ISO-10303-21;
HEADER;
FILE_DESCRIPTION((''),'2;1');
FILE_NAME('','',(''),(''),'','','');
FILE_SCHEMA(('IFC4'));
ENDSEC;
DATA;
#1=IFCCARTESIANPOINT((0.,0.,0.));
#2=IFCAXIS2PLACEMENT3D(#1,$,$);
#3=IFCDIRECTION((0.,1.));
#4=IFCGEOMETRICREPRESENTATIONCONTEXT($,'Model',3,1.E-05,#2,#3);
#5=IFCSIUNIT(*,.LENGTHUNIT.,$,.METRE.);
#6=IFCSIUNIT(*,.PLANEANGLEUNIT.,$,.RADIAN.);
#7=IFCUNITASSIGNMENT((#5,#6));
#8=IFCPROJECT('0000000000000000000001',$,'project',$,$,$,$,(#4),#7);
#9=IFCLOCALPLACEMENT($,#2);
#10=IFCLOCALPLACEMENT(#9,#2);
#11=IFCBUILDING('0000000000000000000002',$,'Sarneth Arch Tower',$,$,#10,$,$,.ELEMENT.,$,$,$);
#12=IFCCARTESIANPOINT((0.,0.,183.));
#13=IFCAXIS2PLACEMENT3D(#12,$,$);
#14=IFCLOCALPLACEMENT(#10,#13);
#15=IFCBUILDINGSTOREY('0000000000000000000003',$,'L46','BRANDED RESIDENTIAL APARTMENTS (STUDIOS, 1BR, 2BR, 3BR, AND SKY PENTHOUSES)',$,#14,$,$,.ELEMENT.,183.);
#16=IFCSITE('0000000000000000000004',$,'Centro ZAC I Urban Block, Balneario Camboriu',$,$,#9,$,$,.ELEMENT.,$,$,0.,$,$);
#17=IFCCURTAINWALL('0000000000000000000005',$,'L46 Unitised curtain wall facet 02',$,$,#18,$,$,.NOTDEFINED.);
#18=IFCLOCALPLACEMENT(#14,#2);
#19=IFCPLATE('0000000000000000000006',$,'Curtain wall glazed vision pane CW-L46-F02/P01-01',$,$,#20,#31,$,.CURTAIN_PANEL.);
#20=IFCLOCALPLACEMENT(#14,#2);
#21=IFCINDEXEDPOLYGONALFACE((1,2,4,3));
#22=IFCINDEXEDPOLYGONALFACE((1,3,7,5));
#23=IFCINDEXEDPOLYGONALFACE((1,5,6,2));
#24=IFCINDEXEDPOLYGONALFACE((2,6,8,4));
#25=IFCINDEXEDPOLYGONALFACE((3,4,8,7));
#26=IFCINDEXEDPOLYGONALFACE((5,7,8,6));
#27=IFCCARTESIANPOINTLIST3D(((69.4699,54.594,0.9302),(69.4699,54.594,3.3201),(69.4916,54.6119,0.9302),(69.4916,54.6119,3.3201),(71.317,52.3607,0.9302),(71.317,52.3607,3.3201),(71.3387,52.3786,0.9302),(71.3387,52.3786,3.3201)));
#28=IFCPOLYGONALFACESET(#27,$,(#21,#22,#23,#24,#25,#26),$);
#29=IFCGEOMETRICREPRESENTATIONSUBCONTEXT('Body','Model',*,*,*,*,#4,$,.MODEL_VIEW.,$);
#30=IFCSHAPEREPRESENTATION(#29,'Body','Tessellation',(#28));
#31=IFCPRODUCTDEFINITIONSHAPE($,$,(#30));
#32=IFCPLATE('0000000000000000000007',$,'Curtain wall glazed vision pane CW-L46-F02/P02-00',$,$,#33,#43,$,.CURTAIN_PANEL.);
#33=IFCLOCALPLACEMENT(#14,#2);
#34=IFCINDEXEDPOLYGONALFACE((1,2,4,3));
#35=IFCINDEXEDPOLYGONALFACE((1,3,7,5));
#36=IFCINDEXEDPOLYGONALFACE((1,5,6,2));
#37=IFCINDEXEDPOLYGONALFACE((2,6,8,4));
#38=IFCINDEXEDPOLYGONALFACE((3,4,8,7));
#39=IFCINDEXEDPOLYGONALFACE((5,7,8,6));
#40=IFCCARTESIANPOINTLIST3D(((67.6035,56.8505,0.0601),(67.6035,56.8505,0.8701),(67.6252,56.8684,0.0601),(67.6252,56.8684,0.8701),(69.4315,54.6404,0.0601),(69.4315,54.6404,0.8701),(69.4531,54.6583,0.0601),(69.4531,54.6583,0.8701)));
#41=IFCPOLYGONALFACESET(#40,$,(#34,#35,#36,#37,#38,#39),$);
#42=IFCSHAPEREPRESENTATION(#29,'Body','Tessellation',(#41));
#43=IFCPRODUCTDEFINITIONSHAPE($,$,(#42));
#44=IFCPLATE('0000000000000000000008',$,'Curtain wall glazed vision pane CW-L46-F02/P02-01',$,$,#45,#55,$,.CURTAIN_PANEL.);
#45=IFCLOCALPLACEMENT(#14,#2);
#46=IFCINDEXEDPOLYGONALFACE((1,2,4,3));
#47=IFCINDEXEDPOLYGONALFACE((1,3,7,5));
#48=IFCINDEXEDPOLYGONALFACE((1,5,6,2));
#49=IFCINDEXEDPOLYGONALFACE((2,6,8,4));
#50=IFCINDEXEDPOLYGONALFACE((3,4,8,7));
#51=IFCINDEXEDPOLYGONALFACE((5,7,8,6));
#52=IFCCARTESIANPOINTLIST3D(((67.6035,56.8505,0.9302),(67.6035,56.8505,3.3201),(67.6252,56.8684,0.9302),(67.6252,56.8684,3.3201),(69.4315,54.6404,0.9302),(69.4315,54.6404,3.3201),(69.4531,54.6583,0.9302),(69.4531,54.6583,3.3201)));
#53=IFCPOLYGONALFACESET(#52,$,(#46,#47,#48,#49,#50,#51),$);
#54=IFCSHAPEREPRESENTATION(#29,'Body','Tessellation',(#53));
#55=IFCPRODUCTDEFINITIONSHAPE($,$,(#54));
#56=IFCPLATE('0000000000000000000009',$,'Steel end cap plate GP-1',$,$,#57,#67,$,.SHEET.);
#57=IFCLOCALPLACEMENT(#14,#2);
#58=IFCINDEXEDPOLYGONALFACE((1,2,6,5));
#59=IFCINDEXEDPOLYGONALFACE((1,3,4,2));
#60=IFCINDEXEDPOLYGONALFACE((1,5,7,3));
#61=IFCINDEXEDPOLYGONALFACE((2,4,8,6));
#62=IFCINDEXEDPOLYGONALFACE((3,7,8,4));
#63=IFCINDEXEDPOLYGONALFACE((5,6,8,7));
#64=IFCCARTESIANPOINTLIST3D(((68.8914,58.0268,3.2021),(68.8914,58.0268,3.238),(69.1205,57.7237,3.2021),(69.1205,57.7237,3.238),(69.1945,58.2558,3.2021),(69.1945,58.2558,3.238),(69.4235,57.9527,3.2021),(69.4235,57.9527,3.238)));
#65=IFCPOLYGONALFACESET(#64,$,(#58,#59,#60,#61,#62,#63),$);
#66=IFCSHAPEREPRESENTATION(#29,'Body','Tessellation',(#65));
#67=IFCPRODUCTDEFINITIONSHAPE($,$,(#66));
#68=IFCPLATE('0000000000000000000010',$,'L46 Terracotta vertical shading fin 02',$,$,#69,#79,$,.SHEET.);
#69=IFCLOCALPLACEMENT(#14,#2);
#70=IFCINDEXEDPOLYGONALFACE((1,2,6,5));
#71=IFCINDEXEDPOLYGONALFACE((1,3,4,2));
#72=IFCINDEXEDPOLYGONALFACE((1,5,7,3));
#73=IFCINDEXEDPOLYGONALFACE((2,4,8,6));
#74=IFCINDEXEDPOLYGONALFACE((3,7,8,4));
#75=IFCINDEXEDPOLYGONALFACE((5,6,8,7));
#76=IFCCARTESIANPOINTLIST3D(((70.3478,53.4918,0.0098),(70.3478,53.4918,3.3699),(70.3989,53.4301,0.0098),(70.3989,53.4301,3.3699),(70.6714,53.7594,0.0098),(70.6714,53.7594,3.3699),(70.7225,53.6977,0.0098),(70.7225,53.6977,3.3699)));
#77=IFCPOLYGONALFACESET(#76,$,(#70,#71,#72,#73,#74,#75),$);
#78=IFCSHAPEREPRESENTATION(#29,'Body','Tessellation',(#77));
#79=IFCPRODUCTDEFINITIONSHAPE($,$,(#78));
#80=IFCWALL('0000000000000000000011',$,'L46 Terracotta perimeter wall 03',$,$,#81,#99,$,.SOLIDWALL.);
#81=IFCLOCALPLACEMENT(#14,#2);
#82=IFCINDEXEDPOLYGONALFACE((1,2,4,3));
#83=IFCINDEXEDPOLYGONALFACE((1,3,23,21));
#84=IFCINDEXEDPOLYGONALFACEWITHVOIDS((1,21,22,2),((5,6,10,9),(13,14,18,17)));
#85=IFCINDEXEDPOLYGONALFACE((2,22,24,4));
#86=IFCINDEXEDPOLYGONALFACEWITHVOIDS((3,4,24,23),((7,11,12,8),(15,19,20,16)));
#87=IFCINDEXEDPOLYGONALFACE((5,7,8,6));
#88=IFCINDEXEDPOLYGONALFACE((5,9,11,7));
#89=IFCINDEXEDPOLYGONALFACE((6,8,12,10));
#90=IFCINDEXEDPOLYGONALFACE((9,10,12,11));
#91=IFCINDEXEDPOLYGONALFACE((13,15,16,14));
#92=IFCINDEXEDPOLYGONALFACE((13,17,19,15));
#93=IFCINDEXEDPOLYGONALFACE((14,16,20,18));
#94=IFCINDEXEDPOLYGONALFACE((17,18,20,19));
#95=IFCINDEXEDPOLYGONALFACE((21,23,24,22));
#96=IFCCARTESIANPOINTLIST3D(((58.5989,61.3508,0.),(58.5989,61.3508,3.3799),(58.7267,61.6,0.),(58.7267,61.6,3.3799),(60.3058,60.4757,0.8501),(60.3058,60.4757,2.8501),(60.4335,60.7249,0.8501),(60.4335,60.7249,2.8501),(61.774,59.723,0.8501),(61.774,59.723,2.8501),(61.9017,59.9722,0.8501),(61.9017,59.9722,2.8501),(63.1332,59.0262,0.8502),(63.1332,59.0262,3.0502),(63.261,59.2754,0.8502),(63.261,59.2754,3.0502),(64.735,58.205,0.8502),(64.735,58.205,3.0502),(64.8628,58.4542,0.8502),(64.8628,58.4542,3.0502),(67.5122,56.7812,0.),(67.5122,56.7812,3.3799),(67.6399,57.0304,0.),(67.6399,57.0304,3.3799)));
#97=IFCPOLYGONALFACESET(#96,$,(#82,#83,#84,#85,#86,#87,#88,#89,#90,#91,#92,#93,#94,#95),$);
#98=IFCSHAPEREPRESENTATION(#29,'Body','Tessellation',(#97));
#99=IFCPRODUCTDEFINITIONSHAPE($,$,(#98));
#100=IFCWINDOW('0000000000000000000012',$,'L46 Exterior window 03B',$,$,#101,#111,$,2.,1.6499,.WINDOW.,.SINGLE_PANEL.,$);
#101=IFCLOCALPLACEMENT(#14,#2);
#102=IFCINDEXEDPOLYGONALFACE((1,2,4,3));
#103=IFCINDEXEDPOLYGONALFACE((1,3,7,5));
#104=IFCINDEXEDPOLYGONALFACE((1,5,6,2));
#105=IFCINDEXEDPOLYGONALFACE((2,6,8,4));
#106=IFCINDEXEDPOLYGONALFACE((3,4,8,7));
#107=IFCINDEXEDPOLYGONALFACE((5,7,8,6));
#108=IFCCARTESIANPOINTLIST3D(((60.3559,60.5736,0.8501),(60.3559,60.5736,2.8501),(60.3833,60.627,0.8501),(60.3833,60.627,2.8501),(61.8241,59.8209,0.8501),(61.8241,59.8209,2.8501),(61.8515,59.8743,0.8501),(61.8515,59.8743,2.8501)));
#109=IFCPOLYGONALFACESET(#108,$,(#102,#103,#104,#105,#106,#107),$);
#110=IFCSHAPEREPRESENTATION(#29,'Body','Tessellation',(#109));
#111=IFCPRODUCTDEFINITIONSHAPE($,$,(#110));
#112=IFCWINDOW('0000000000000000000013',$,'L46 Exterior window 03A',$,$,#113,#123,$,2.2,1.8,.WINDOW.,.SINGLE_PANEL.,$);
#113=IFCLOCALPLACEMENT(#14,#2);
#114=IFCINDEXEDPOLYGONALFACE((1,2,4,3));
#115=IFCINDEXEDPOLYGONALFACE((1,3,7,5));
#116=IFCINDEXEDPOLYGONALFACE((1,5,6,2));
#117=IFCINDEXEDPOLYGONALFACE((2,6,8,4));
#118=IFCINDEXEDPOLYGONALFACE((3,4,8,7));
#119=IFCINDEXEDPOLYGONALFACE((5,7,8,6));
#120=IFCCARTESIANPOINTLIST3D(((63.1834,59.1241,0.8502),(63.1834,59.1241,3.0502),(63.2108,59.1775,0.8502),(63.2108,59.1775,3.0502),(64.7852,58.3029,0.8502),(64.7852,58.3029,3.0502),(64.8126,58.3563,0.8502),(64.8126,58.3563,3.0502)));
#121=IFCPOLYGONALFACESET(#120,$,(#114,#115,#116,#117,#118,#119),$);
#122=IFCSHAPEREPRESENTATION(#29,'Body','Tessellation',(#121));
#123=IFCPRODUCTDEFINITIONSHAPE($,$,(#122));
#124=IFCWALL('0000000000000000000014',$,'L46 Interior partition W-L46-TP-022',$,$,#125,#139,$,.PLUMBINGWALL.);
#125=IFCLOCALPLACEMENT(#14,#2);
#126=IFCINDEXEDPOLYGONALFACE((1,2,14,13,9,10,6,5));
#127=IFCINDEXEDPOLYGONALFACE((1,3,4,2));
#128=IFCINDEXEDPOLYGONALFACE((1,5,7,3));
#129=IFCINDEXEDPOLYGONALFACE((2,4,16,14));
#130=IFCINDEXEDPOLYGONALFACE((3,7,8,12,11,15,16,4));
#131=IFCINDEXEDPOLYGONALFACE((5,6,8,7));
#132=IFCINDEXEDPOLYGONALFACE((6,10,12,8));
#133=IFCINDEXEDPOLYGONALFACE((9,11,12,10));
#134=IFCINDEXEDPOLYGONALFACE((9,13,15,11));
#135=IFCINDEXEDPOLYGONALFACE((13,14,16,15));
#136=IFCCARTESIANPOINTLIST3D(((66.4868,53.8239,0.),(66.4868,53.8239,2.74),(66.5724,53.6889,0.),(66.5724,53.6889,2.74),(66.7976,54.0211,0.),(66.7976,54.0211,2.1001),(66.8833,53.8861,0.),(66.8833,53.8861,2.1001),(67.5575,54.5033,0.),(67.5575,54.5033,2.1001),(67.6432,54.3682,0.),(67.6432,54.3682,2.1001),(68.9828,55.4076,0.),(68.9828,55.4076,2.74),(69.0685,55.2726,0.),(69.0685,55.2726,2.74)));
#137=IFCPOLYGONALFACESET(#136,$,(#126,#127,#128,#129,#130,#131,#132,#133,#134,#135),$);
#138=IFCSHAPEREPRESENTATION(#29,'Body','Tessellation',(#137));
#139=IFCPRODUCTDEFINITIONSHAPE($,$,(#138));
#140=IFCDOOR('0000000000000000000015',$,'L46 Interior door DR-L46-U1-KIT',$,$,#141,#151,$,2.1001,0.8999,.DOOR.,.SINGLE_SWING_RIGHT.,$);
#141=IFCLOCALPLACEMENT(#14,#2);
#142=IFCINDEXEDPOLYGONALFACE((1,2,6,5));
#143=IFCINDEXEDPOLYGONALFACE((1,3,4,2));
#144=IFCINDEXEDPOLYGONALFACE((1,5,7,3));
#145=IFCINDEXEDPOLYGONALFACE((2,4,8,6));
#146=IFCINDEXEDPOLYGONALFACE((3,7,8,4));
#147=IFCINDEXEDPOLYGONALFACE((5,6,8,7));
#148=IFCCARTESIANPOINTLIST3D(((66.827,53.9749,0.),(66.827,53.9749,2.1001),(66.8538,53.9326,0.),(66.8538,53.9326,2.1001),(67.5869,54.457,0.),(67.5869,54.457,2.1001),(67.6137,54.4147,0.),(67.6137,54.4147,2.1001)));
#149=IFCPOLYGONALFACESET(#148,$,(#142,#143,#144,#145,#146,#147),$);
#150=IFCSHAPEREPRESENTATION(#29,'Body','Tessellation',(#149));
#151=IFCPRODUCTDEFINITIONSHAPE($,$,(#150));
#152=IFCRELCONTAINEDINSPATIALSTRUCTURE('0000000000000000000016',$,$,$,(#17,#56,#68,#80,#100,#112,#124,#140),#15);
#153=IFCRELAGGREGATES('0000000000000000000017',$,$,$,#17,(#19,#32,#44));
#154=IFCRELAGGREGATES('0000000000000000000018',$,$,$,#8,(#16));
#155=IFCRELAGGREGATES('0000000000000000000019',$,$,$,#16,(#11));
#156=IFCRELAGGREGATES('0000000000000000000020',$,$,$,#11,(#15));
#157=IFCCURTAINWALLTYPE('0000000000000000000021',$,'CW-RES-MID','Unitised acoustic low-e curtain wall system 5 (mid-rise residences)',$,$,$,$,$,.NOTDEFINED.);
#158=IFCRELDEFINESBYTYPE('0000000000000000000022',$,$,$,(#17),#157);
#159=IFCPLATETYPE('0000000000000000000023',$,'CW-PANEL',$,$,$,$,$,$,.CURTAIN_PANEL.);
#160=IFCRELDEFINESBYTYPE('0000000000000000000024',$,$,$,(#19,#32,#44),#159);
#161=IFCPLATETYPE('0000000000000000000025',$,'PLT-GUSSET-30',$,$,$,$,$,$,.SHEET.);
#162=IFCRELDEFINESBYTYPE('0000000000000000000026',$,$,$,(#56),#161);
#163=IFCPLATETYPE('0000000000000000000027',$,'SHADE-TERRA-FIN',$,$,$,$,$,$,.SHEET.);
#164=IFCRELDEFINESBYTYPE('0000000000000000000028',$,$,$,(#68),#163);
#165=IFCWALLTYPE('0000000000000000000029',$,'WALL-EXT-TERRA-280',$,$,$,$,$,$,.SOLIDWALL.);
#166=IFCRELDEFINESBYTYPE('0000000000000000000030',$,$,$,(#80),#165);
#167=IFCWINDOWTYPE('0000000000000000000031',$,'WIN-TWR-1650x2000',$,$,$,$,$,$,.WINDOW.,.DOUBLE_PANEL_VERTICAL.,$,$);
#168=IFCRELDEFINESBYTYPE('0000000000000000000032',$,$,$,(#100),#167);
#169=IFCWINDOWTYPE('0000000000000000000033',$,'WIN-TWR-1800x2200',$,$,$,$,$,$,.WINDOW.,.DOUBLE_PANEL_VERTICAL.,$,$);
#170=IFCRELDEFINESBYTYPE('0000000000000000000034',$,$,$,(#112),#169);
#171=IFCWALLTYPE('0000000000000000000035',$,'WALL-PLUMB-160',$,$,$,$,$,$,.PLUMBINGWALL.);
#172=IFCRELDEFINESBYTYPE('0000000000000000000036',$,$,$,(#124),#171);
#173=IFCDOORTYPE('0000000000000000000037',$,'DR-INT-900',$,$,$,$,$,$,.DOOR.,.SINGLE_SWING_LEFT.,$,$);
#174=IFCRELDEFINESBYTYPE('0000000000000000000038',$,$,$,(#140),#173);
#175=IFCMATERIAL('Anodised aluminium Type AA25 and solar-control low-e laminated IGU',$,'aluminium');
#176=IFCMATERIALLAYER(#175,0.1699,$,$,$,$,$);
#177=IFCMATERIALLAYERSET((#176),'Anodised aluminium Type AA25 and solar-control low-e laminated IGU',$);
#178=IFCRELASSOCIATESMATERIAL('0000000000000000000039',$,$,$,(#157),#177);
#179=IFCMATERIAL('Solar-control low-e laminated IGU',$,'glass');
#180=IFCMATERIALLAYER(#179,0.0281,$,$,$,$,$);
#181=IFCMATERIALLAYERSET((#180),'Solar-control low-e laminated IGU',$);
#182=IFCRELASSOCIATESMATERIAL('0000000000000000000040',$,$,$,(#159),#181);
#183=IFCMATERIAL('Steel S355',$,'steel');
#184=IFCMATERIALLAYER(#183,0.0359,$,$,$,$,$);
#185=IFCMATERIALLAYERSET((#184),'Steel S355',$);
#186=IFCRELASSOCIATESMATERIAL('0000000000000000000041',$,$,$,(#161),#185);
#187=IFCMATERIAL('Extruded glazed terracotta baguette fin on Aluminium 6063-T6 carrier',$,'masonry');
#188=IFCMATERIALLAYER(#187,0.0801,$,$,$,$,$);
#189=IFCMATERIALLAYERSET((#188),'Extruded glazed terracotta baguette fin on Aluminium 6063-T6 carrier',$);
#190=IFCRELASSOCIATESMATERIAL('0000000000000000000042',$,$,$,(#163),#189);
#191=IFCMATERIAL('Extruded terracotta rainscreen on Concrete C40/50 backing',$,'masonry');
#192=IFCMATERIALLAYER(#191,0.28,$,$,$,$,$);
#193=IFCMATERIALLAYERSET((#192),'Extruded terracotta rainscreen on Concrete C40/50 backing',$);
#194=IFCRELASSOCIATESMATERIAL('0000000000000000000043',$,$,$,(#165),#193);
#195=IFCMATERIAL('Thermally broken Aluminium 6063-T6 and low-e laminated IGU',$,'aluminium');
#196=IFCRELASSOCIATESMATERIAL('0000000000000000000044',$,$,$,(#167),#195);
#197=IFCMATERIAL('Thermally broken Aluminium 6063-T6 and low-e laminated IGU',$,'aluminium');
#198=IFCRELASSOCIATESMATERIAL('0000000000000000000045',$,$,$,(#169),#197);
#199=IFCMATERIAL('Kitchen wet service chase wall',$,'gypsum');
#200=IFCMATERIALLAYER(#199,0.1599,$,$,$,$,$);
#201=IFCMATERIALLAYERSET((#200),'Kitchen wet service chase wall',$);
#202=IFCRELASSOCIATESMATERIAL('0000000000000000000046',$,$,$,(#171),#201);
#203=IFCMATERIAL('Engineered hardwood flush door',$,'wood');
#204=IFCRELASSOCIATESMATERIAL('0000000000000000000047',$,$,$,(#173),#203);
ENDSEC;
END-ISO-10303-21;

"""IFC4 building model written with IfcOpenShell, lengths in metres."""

from ifc_helpers import new_model, si_unit, direction, frame, frame_2d, origin, origin_2d, place, context, subcontext, project, spatial, rectangle, extrude, material, layer, layer_set, type_object, element, fill, aggregate, save


model = new_model("IFC4")

# Units and contexts
model_context = context("Model", 3, precision=1e-05, world=origin(), true_north=direction((0.0, 1.0)))
body_context = subcontext(model_context, "Body", "Model", "MODEL_VIEW")
ifc_project = project(units=[si_unit("LENGTHUNIT", "METRE"), si_unit("PLANEANGLEUNIT", "RADIAN")], contexts=[model_context])

# Site, building, storey
site_placement = place(None, origin())
site = spatial("IfcSite", under=ifc_project, at=site_placement, Name="Centro ZAC I Urban Block, Balneario Camboriu", CompositionType="ELEMENT", RefElevation=0.0)
building_placement = place(site_placement, origin())
building = spatial("IfcBuilding", under=site, at=building_placement, Name="Sarneth Arch Tower", CompositionType="ELEMENT")
storey_placement = place(building_placement, frame((0.0, 0.0, 183.0)))
storey = spatial("IfcBuildingStorey", under=building, at=storey_placement, Name="L46", Description="BRANDED RESIDENTIAL APARTMENTS (STUDIOS, 1BR, 2BR, 3BR, AND SKY PENTHOUSES)", CompositionType="ELEMENT", Elevation=183.0)

# Curtain wall
ifc_material_1 = material(Name="Anodised aluminium Type AA25 and solar-control low-e laminated IGU", Category="aluminium")
ifc_layer_1 = layer(ifc_material_1, 0.1699)
ifc_layer_set_1 = layer_set([ifc_layer_1], Name="Anodised aluminium Type AA25 and solar-control low-e laminated IGU")
curtain_wall_type = type_object("IfcCurtainWallType", Name="CW-RES-MID", Description="Unitised acoustic low-e curtain wall system 5 (mid-rise residences)", PredefinedType="NOTDEFINED", material=ifc_layer_set_1)
curtain_wall_placement = place(storey_placement, origin())
curtain_wall = element("IfcCurtainWall", 1, at=curtain_wall_placement, inside=storey, type_object=curtain_wall_type, Name="L46 Unitised curtain wall facet 02", PredefinedType="NOTDEFINED")

# Plates
ifc_material_2 = material(Name="Solar-control low-e laminated IGU", Category="glass")
ifc_layer_2 = layer(ifc_material_2, 0.0281)
ifc_layer_set_2 = layer_set([ifc_layer_2], Name="Solar-control low-e laminated IGU")
plate_type_1 = type_object("IfcPlateType", Name="CW-PANEL", PredefinedType="CURTAIN_PANEL", material=ifc_layer_set_2)
plate_1_placement = place(storey_placement, frame((70.4043, 53.4863, 0.9302), z_axis=(0.0, 0.0, 1.0), x_axis=(-0.63733, 0.770591, 0.0)))
plate_1 = element("IfcPlate", 2, at=plate_1_placement, type_object=plate_type_1, Name="Curtain wall glazed vision pane CW-L46-F02/P01-01", PredefinedType="CURTAIN_PANEL", context=body_context, shape_type="SweptSolid", body=[
    extrude(rectangle(XDim=2.8982, YDim=0.0281, at=origin_2d()), origin(), (0.0, 0.0, 1.0), 2.3899),
])
plate_2_placement = place(storey_placement, frame((68.5283, 55.7544, 0.0601), z_axis=(0.0, 0.0, 1.0), x_axis=(-0.63733, 0.770591, 0.0)))
plate_2 = element("IfcPlate", 3, at=plate_2_placement, type_object=plate_type_1, Name="Curtain wall glazed vision pane CW-L46-F02/P02-00", PredefinedType="CURTAIN_PANEL", context=body_context, shape_type="SweptSolid", body=[
    extrude(rectangle(XDim=2.8682, YDim=0.0281, at=origin_2d()), origin(), (0.0, 0.0, 1.0), 0.8101),
])
plate_3_placement = place(storey_placement, frame((68.5283, 55.7544, 0.9302), z_axis=(0.0, 0.0, 1.0), x_axis=(-0.63733, 0.770591, 0.0)))
plate_3 = element("IfcPlate", 4, at=plate_3_placement, type_object=plate_type_1, Name="Curtain wall glazed vision pane CW-L46-F02/P02-01", PredefinedType="CURTAIN_PANEL", context=body_context, shape_type="SweptSolid", body=[
    extrude(rectangle(XDim=2.8682, YDim=0.0281, at=origin_2d()), origin(), (0.0, 0.0, 1.0), 2.3899),
])
aggregate(curtain_wall, [plate_1, plate_2, plate_3])

# Plates
ifc_material_3 = material(Name="Steel S355", Category="steel")
ifc_layer_3 = layer(ifc_material_3, 0.0359)
ifc_layer_set_3 = layer_set([ifc_layer_3], Name="Steel S355")
plate_type_2 = type_object("IfcPlateType", Name="PLT-GUSSET-30", PredefinedType="SHEET", material=ifc_layer_set_3)
plate_4_placement = place(storey_placement, frame((69.1575, 57.9897, 3.2021), z_axis=(0.0, 0.0, 1.0), x_axis=(0.797794, 0.60293, 0.0)))
element("IfcPlate", 5, at=plate_4_placement, inside=storey, type_object=plate_type_2, Name="Steel end cap plate GP-1", PredefinedType="SHEET", context=body_context, shape_type="SweptSolid", body=[
    extrude(rectangle(XDim=0.3799, YDim=0.3799, at=origin_2d()), origin(), (0.0, 0.0, 1.0), 0.0359),
])
ifc_material_4 = material(Name="Extruded glazed terracotta baguette fin on Aluminium 6063-T6 carrier", Category="masonry")
ifc_layer_4 = layer(ifc_material_4, 0.0801)
ifc_layer_set_4 = layer_set([ifc_layer_4], Name="Extruded glazed terracotta baguette fin on Aluminium 6063-T6 carrier")
plate_type_3 = type_object("IfcPlateType", Name="SHADE-TERRA-FIN", PredefinedType="SHEET", material=ifc_layer_set_4)
plate_5_placement = place(storey_placement, frame((70.5352, 53.5947, 0.0098), z_axis=(0.0, 0.0, 1.0), x_axis=(0.770624, 0.63729, 0.0)))
element("IfcPlate", 6, at=plate_5_placement, inside=storey, type_object=plate_type_3, Name="L46 Terracotta vertical shading fin 02", PredefinedType="SHEET", context=body_context, shape_type="SweptSolid", body=[
    extrude(rectangle(XDim=0.4199, YDim=0.0801, at=origin_2d()), origin(), (0.0, 0.0, 1.0), 3.3601),
])

# Wall, openings, windows
ifc_material_5 = material(Name="Extruded terracotta rainscreen on Concrete C40/50 backing", Category="masonry")
ifc_layer_5 = layer(ifc_material_5, 0.28)
ifc_layer_set_5 = layer_set([ifc_layer_5], Name="Extruded terracotta rainscreen on Concrete C40/50 backing")
wall_type_1 = type_object("IfcWallType", Name="WALL-EXT-TERRA-280", PredefinedType="SOLIDWALL", material=ifc_layer_set_5)
wall_1_placement = place(storey_placement, frame((67.5762, 56.9058, 0.0), z_axis=(0.0, 0.0, 1.0), x_axis=(-0.889873, 0.456209, 0.0)))
wall_1 = element("IfcWall", 7, at=wall_1_placement, inside=storey, type_object=wall_type_1, Name="L46 Terracotta perimeter wall 03", PredefinedType="SOLIDWALL", context=body_context, shape_type="SweptSolid", body=[
    extrude(rectangle(XDim=10.0164, YDim=0.28, at=frame_2d((5.0083, 0.0))), origin(), (0.0, 0.0, 1.0), 3.3799),
])
opening_1_placement = place(wall_1_placement, frame((3.1211, 0.0, 0.8501)))
opening_1 = element("IfcOpeningElement", 8, at=opening_1_placement, cuts=wall_1, PredefinedType="OPENING", context=body_context, shape_type="SweptSolid", body=[
    extrude(rectangle(XDim=1.8, YDim=2.2, at=frame_2d((0.8999, 1.1001))), frame((0.0, 0.1499, 0.0), z_axis=(0.0, -1.0, 0.0), x_axis=(1.0, 0.0, 0.0)), (0.0, 0.0, 1.0), 0.3),
])
opening_2_placement = place(wall_1_placement, frame((6.4485, 0.0, 0.8501)))
opening_2 = element("IfcOpeningElement", 9, at=opening_2_placement, cuts=wall_1, PredefinedType="OPENING", context=body_context, shape_type="SweptSolid", body=[
    extrude(rectangle(XDim=1.6499, YDim=2.0, at=frame_2d((0.825, 1.0))), frame((0.0, 0.1499, 0.0), z_axis=(0.0, -1.0, 0.0), x_axis=(1.0, 0.0, 0.0)), (0.0, 0.0, 1.0), 0.3),
])
ifc_material_6 = material(Name="Thermally broken Aluminium 6063-T6 and low-e laminated IGU", Category="aluminium")
window_type_1 = type_object("IfcWindowType", Name="WIN-TWR-1650x2000", PartitioningType="DOUBLE_PANEL_VERTICAL", PredefinedType="WINDOW", material=ifc_material_6)
window_1_placement = place(opening_2_placement, origin())
window_1 = element("IfcWindow", 10, at=window_1_placement, inside=storey, type_object=window_type_1, Name="L46 Exterior window 03B", OverallHeight=2.0, OverallWidth=1.6499, PartitioningType="SINGLE_PANEL", PredefinedType="WINDOW", context=body_context, shape_type="SweptSolid", body=[
    extrude(rectangle(XDim=1.6499, YDim=2.0, at=frame_2d((0.825, 1.0))), frame((0.0, 0.03, 0.0), z_axis=(0.0, -1.0, 0.0), x_axis=(1.0, 0.0, 0.0)), (0.0, 0.0, 1.0), 0.0601),
])
fill(opening_2, window_1)
ifc_material_7 = material(Name="Thermally broken Aluminium 6063-T6 and low-e laminated IGU", Category="aluminium")
window_type_2 = type_object("IfcWindowType", Name="WIN-TWR-1800x2200", PartitioningType="DOUBLE_PANEL_VERTICAL", PredefinedType="WINDOW", material=ifc_material_7)
window_2_placement = place(opening_1_placement, origin())
window_2 = element("IfcWindow", 11, at=window_2_placement, inside=storey, type_object=window_type_2, Name="L46 Exterior window 03A", OverallHeight=2.2, OverallWidth=1.8, PartitioningType="SINGLE_PANEL", PredefinedType="WINDOW", context=body_context, shape_type="SweptSolid", body=[
    extrude(rectangle(XDim=1.8, YDim=2.2, at=frame_2d((0.8999, 1.1001))), frame((0.0, 0.03, 0.0), z_axis=(0.0, -1.0, 0.0), x_axis=(1.0, 0.0, 0.0)), (0.0, 0.0, 1.0), 0.0601),
])
fill(opening_1, window_2)

# Wall, opening, door
ifc_material_8 = material(Name="Kitchen wet service chase wall", Category="gypsum")
ifc_layer_6 = layer(ifc_material_8, 0.1599)
ifc_layer_set_6 = layer_set([ifc_layer_6], Name="Kitchen wet service chase wall")
wall_type_2 = type_object("IfcWallType", Name="WALL-PLUMB-160", PredefinedType="PLUMBINGWALL", material=ifc_layer_set_6)
wall_2_placement = place(storey_placement, frame((69.0256, 55.3401, 0.0), z_axis=(0.0, 0.0, 1.0), x_axis=(-0.844378, -0.535747, 0.0)))
wall_2 = element("IfcWall", 12, at=wall_2_placement, inside=storey, type_object=wall_type_2, Name="L46 Interior partition W-L46-TP-022", PredefinedType="PLUMBINGWALL", context=body_context, shape_type="SweptSolid", body=[
    extrude(rectangle(XDim=2.9561, YDim=0.1599, at=frame_2d((1.478, 0.0))), origin(), (0.0, 0.0, 1.0), 2.74),
])
opening_3_placement = place(wall_2_placement, frame((1.688, 0.0, 0.0)))
opening_3 = element("IfcOpeningElement", 13, at=opening_3_placement, cuts=wall_2, PredefinedType="OPENING", context=body_context, shape_type="SweptSolid", body=[
    extrude(rectangle(XDim=0.8999, YDim=2.1001, at=frame_2d((0.45, 1.05))), frame((0.0, 0.0898, 0.0), z_axis=(0.0, -1.0, 0.0), x_axis=(1.0, 0.0, 0.0)), (0.0, 0.0, 1.0), 0.1799),
])
ifc_material_9 = material(Name="Engineered hardwood flush door", Category="wood")
door_type = type_object("IfcDoorType", Name="DR-INT-900", OperationType="SINGLE_SWING_LEFT", PredefinedType="DOOR", material=ifc_material_9)
door_placement = place(opening_3_placement, origin())
door = element("IfcDoor", 14, at=door_placement, inside=storey, type_object=door_type, Name="L46 Interior door DR-L46-U1-KIT", OperationType="SINGLE_SWING_RIGHT", OverallHeight=2.1001, OverallWidth=0.8999, PredefinedType="DOOR", context=body_context, shape_type="SweptSolid", body=[
    extrude(rectangle(XDim=0.8999, YDim=2.1001, at=frame_2d((0.45, 1.05))), frame((0.0, 0.0249, 0.0), z_axis=(0.0, -1.0, 0.0), x_axis=(1.0, 0.0, 0.0)), (0.0, 0.0, 1.0), 0.05),
])
fill(opening_3, door)

save(model, "model.ifc")
